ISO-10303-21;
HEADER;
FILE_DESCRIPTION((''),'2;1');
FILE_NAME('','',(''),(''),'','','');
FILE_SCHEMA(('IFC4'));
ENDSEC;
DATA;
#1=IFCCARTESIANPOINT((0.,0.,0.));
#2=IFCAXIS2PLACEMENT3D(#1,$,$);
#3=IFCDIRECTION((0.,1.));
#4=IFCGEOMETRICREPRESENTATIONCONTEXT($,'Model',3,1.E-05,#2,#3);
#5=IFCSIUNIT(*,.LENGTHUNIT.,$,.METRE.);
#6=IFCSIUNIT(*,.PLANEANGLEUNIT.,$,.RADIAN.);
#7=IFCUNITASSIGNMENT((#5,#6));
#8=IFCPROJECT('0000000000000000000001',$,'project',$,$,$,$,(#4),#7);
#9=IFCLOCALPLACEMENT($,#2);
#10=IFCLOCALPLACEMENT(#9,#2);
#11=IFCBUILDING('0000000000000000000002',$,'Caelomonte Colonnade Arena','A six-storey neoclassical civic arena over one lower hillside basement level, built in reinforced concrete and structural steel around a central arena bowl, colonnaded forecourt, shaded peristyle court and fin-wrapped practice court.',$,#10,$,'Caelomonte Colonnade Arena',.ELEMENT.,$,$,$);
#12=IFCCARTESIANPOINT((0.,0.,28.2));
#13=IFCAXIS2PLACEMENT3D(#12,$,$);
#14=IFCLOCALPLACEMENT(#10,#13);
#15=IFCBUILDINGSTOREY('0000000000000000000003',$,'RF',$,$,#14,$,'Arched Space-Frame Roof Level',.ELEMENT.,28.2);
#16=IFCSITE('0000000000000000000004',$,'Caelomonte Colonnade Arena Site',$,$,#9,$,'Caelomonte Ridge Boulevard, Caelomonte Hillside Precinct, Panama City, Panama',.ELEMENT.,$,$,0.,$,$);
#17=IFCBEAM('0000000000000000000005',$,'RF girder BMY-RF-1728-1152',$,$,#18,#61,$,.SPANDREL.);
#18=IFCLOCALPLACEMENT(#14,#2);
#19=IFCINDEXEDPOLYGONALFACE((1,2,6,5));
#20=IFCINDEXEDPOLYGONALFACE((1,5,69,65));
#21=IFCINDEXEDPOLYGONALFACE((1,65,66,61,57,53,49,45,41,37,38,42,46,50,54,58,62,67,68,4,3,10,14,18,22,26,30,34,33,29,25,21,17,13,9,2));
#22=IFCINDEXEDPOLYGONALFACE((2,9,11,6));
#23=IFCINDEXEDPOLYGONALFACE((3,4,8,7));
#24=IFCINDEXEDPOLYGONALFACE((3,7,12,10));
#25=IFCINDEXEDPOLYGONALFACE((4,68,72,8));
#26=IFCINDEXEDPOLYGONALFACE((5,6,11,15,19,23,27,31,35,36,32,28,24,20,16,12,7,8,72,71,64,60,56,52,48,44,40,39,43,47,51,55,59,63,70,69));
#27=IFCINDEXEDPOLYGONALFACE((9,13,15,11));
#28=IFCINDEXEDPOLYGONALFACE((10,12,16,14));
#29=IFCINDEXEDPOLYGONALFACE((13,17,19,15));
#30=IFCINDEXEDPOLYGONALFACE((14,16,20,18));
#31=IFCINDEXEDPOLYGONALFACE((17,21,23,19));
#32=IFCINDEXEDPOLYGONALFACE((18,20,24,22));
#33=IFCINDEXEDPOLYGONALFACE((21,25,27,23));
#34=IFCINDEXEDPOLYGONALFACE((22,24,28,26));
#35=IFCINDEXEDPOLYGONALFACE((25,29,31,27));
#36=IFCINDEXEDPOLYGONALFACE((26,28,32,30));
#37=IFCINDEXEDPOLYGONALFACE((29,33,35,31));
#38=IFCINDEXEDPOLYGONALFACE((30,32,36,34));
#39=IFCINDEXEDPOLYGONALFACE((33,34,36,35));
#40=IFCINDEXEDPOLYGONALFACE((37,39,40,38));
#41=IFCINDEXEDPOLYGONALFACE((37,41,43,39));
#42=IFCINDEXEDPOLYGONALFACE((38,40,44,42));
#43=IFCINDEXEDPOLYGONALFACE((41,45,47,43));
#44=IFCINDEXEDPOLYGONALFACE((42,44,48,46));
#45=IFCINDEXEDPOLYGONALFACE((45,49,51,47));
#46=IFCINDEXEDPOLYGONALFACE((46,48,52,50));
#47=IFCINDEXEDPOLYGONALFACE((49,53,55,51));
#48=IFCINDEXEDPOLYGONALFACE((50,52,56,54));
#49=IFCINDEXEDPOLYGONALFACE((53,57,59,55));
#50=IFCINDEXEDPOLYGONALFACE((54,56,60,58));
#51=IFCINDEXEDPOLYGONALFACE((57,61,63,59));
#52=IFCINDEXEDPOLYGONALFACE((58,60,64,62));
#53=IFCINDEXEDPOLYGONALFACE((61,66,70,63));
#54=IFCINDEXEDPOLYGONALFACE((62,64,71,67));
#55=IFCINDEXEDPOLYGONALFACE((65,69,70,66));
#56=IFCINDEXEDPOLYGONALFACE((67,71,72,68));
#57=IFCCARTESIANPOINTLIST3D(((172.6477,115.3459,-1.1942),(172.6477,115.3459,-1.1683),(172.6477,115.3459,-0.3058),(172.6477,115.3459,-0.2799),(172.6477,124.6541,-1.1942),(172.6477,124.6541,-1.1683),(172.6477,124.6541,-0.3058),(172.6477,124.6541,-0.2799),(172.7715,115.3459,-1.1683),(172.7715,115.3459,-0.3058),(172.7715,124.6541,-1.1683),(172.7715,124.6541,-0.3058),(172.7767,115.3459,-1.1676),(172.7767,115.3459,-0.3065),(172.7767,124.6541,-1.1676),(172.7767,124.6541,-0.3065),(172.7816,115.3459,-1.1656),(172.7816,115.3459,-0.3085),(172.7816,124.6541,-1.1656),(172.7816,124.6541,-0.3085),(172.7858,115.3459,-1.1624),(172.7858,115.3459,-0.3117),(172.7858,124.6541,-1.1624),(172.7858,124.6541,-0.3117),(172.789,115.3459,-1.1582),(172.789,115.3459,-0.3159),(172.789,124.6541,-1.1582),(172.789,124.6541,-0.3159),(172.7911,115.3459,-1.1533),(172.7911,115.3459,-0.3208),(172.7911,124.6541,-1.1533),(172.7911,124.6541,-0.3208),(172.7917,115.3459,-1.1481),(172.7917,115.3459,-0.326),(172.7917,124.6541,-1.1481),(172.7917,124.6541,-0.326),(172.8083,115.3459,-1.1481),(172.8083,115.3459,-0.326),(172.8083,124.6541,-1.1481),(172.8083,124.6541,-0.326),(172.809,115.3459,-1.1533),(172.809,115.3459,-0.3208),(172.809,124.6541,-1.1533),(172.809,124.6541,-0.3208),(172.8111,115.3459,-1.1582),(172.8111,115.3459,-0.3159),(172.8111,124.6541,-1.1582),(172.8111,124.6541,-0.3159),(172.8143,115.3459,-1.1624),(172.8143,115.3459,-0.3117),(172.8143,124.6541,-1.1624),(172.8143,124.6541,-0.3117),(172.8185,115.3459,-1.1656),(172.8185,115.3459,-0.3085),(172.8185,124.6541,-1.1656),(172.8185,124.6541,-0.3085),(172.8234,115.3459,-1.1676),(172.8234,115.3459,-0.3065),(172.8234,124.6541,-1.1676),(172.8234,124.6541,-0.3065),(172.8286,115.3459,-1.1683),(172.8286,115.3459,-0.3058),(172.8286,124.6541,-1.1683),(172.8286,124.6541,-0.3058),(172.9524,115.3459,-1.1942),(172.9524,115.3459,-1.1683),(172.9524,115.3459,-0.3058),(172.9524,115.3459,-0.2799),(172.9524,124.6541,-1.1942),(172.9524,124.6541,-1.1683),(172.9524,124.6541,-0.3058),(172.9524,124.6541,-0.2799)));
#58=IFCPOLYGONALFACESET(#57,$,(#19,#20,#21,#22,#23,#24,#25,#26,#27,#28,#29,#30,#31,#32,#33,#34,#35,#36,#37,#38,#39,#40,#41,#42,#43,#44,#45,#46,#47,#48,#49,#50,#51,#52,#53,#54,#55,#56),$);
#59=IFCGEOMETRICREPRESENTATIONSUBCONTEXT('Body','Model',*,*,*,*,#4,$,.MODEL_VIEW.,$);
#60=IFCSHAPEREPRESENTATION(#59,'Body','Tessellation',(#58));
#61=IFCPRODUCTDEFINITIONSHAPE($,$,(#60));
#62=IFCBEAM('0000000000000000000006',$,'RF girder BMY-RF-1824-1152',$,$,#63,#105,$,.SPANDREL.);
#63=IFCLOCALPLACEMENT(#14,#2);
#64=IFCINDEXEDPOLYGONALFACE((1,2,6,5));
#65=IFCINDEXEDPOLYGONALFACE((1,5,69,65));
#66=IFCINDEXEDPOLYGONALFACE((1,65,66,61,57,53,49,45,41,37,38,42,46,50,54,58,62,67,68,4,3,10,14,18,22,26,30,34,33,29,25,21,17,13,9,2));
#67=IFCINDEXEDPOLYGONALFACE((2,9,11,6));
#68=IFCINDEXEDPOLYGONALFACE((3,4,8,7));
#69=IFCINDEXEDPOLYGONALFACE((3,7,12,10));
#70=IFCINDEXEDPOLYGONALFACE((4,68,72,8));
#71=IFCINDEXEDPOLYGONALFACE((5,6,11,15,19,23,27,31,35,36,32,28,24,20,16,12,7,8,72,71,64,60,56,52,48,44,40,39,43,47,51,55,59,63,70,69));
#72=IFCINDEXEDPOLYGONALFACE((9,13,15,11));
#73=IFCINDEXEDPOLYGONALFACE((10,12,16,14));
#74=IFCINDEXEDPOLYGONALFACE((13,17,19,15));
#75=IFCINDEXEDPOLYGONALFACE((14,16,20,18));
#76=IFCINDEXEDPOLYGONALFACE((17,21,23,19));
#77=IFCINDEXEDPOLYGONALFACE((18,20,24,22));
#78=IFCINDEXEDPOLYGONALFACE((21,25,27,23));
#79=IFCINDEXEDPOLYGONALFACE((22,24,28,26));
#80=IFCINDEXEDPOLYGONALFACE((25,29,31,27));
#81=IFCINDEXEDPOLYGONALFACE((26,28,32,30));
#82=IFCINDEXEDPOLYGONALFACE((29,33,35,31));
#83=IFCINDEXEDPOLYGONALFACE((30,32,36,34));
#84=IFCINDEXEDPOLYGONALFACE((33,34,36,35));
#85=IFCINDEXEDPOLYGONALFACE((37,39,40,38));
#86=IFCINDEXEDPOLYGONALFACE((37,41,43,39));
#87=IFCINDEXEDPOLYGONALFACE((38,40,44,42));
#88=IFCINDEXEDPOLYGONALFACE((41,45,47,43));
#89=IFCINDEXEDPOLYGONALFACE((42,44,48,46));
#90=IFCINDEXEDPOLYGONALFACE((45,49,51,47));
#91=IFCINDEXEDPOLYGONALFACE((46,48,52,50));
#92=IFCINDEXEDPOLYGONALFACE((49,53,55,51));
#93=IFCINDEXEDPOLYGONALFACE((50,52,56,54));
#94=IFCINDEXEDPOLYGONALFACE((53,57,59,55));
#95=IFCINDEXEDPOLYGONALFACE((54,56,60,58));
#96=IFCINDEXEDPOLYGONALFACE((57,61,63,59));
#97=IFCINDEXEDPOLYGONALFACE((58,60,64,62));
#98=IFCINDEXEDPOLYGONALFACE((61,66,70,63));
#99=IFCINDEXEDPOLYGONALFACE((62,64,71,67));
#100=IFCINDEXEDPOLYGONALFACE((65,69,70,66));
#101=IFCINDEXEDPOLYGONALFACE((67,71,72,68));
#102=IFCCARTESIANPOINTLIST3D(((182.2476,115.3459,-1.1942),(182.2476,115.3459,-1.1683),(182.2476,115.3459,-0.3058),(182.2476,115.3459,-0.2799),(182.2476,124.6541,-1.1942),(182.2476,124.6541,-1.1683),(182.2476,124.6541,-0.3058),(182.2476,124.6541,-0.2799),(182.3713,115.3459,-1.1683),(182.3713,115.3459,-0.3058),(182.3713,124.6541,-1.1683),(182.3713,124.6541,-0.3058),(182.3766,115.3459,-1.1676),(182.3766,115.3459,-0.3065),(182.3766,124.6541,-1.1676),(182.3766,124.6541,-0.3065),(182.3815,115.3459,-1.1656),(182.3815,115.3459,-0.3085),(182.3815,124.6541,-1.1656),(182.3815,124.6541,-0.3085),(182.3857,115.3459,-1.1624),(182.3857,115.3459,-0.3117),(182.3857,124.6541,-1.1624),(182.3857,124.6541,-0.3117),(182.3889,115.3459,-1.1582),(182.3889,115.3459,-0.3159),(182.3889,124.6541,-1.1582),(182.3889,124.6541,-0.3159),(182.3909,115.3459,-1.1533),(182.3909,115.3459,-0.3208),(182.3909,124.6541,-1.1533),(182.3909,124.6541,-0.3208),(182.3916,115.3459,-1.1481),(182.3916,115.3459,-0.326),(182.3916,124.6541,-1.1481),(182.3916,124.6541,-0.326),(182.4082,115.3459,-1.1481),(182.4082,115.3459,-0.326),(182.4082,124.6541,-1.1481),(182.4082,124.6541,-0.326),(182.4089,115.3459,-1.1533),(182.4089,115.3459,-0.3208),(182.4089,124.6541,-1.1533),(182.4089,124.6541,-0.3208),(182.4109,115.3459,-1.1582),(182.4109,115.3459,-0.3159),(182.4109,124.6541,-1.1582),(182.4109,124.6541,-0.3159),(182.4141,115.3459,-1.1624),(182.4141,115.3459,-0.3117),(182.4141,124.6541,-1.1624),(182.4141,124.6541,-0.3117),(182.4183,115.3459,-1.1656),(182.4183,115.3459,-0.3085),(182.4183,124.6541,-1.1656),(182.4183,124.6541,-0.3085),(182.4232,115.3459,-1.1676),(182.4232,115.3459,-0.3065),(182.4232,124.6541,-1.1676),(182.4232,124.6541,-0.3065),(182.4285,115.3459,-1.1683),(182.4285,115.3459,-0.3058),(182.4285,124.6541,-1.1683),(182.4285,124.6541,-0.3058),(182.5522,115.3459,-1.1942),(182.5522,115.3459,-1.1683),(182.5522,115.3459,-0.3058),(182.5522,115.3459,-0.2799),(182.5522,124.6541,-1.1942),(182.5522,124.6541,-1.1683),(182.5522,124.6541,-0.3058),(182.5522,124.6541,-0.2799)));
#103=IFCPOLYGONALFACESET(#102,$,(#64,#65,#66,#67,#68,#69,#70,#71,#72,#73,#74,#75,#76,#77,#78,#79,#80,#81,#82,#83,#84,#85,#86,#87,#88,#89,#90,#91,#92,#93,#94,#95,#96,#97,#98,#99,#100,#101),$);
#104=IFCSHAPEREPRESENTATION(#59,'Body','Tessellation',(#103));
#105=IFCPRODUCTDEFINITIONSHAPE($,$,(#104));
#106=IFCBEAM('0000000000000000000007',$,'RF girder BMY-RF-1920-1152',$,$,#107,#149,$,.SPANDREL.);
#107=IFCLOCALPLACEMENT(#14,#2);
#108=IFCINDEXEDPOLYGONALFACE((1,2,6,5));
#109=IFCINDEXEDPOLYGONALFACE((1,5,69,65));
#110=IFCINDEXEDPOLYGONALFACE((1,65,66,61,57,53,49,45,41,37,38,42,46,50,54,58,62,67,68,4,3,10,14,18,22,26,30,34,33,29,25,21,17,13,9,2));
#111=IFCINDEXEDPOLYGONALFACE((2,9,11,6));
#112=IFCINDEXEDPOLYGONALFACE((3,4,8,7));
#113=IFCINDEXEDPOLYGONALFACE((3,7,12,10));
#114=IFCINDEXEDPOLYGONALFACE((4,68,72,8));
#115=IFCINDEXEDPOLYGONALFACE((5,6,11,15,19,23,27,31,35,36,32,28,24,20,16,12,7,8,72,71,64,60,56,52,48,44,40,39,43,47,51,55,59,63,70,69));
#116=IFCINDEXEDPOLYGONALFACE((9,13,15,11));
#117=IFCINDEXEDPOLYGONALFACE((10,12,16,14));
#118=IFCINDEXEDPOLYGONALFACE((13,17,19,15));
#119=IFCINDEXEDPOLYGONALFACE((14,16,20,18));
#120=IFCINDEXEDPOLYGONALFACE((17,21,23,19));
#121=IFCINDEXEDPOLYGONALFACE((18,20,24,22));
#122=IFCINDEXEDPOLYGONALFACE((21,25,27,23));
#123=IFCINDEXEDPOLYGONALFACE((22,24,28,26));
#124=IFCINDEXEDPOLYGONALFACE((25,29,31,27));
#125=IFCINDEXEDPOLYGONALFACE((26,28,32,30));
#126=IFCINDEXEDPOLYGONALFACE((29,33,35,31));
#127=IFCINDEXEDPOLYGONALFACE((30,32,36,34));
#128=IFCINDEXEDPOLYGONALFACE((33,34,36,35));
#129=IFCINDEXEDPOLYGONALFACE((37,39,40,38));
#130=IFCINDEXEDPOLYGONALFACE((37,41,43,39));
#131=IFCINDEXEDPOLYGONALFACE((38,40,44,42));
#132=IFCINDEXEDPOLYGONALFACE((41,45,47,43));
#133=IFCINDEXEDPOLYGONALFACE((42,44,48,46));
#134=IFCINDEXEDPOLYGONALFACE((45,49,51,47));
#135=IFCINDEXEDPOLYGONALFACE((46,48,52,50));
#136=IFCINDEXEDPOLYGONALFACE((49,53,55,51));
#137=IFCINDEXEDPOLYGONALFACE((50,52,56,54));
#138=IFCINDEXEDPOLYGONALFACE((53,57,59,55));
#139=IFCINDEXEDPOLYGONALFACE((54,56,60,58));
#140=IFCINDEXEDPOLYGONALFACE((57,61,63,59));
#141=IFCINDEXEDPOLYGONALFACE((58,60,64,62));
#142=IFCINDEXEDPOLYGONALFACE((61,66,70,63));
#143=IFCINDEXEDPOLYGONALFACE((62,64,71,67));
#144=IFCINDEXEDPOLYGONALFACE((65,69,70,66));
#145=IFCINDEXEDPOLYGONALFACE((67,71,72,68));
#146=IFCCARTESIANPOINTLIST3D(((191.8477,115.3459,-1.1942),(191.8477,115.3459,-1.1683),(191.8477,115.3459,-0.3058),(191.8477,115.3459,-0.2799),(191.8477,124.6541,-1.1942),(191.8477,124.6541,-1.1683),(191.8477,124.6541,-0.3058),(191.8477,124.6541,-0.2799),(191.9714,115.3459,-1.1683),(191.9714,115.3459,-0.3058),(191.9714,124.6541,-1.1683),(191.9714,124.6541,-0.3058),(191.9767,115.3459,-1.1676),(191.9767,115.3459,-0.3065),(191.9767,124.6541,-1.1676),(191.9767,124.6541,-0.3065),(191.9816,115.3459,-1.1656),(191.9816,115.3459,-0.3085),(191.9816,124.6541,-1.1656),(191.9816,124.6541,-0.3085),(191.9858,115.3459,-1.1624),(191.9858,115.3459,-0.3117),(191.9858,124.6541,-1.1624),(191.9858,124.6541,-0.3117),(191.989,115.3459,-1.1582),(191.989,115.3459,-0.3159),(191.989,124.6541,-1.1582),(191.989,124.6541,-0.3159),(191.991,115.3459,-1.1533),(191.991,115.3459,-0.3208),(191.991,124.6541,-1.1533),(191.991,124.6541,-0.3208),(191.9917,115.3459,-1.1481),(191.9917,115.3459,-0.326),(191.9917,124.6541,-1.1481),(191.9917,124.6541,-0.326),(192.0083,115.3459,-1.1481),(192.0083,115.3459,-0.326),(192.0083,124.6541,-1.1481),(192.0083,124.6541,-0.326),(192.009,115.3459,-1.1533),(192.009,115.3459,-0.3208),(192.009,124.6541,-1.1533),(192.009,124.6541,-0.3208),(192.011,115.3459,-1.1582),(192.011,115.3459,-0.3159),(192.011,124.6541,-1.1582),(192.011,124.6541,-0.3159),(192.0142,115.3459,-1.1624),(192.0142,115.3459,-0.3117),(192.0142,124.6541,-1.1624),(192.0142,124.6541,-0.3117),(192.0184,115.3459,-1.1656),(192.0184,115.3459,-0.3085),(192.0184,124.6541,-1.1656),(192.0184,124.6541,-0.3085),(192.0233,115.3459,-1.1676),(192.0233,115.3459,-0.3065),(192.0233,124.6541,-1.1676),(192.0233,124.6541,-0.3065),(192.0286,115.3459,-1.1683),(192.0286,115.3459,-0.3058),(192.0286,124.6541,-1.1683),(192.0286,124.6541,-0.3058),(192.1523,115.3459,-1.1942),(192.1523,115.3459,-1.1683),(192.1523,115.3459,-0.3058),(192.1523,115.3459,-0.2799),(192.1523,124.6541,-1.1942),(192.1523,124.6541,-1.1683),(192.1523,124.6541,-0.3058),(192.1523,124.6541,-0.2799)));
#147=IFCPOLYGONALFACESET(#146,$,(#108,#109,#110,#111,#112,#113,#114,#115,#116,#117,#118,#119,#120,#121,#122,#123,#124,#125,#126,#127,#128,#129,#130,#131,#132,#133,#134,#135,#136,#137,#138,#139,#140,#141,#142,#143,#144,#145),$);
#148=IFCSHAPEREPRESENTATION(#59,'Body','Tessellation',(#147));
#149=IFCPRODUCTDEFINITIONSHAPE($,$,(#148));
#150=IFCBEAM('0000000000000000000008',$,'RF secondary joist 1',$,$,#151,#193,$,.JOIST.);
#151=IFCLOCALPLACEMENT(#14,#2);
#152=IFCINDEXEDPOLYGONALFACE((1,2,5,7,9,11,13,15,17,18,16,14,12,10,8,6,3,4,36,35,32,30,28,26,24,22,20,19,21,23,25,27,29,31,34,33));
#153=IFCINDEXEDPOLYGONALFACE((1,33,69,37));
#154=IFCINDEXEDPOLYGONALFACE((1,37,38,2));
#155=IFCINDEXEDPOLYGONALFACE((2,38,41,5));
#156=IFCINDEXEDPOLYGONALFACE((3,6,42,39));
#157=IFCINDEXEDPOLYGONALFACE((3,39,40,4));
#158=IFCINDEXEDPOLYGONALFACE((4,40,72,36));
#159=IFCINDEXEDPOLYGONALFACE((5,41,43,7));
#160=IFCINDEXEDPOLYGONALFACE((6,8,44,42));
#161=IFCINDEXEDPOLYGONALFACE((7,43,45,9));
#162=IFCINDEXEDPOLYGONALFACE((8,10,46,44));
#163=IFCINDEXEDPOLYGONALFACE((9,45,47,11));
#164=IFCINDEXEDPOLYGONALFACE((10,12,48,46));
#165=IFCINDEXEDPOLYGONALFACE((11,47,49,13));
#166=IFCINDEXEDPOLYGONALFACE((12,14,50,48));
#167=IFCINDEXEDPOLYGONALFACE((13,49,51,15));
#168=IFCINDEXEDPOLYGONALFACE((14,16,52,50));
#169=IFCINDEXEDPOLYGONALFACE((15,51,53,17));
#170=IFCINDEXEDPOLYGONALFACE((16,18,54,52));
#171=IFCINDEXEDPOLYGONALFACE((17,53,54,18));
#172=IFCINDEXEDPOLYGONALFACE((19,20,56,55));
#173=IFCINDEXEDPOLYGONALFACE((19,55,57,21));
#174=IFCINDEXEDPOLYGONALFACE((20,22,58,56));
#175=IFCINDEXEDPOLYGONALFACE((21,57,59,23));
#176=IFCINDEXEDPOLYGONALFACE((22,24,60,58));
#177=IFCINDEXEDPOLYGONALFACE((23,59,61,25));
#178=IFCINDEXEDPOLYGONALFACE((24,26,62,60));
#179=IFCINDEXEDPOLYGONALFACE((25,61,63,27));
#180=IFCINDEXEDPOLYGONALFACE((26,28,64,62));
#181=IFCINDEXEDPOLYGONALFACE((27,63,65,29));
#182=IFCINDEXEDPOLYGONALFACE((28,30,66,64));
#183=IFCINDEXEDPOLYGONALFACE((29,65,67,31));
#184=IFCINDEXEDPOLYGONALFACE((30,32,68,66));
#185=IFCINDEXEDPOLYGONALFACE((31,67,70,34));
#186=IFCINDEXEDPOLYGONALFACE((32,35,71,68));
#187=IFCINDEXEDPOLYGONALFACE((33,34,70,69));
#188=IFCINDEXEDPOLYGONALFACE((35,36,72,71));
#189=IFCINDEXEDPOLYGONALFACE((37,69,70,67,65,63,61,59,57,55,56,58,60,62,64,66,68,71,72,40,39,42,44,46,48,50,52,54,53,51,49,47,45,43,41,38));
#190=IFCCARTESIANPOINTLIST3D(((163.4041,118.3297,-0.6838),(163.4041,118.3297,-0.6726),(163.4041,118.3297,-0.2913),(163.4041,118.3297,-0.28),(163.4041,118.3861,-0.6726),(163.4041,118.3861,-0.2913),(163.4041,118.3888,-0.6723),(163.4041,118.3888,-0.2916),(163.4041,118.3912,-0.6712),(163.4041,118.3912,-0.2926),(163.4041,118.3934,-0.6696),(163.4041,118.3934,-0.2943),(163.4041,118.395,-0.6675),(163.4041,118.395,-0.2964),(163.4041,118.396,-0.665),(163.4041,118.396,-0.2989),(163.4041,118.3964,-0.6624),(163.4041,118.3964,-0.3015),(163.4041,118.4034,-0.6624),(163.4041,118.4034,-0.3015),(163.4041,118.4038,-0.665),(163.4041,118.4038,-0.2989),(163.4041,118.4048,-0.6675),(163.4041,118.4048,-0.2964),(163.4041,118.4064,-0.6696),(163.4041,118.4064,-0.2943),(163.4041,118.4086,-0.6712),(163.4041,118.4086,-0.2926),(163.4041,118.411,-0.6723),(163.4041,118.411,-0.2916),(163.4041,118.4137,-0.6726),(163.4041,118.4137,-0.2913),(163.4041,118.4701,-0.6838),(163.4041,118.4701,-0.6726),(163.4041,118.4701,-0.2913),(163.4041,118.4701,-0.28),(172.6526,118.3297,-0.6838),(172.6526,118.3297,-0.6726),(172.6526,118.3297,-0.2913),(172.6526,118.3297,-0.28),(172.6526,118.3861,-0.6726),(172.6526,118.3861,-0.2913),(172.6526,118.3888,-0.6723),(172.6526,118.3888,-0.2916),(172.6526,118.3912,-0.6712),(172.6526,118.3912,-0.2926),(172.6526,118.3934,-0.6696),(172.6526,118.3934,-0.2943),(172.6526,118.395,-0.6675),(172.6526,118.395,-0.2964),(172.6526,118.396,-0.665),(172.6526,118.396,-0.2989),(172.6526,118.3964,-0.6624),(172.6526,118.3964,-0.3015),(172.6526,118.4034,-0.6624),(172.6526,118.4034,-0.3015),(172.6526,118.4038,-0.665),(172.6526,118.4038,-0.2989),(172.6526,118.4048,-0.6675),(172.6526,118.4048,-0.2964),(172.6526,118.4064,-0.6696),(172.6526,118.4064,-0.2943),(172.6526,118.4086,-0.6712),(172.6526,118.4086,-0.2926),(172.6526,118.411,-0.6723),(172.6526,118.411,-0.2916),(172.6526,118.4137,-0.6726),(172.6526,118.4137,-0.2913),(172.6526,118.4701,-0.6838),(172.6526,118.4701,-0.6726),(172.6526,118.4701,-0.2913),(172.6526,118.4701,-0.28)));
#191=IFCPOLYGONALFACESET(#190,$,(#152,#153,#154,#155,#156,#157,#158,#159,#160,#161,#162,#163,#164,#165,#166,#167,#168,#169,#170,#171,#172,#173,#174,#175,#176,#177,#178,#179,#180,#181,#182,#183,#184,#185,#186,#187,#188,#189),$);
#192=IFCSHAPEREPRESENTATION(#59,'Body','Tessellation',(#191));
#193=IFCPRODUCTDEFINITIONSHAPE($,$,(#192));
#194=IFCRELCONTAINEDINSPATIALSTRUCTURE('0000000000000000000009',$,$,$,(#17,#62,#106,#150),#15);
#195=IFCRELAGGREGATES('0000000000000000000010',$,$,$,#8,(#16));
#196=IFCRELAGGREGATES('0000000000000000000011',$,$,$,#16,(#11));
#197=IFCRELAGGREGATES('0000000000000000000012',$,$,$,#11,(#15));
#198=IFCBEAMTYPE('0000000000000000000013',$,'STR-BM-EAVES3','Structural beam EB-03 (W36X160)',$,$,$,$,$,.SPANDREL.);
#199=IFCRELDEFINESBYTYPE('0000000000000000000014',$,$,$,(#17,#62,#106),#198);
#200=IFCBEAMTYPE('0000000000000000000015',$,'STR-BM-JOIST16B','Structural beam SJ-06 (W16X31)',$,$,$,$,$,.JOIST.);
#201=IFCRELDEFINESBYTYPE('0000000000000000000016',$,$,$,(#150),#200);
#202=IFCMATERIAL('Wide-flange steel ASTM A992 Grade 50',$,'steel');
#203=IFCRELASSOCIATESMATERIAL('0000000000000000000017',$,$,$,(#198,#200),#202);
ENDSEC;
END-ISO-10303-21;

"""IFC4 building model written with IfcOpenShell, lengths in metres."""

from ifc_helpers import new_model, si_unit, direction, frame, origin, origin_2d, place, context, subcontext, project, spatial, i_section, extrude, material, material_profile, profile_set, type_object, element, save


model = new_model("IFC4")

# Units and contexts
model_context = context("Model", 3, precision=1e-05, world=origin(), true_north=direction((0.0, 1.0)))
body_context = subcontext(model_context, "Body", "Model", "MODEL_VIEW")
ifc_project = project(units=[si_unit("LENGTHUNIT", "METRE"), si_unit("PLANEANGLEUNIT", "RADIAN")], contexts=[model_context])

# Site, building, storey
site_placement = place(None, origin())
site = spatial("IfcSite", under=ifc_project, at=site_placement, Name="Caelomonte Colonnade Arena Site", LongName="Caelomonte Ridge Boulevard, Caelomonte Hillside Precinct, Panama City, Panama", CompositionType="ELEMENT", RefElevation=0.0)
building_placement = place(site_placement, origin())
building = spatial("IfcBuilding", under=site, at=building_placement, Name="Caelomonte Colonnade Arena", Description="A six-storey neoclassical civic arena over one lower hillside basement level, built in reinforced concrete and structural steel around a central arena bowl, colonnaded forecourt, shaded peristyle court and fin-wrapped practice court.", LongName="Caelomonte Colonnade Arena", CompositionType="ELEMENT")
storey_placement = place(building_placement, frame((0.0, 0.0, 28.2)))
storey = spatial("IfcBuildingStorey", under=building, at=storey_placement, Name="RF", LongName="Arched Space-Frame Roof Level", CompositionType="ELEMENT", Elevation=28.2)

# Beams
ifc_material_1 = material(Name="Wide-flange steel ASTM A992 Grade 50", Category="steel")
ifc_material_profile_1 = material_profile(ifc_material_1, i_section(OverallWidth=0.3047, OverallDepth=0.9143, WebThickness=0.0166, FlangeThickness=0.0259, FilletRadius=0.0203, at=origin_2d()), Name="W36X160")
ifc_profile_set_1 = profile_set([ifc_material_profile_1], Name="Wide-flange steel ASTM A992 Grade 50")
beam_type_1 = type_object("IfcBeamType", Name="STR-BM-EAVES3", Description="Structural beam EB-03 (W36X160)", PredefinedType="SPANDREL", material=ifc_profile_set_1)
for number, where, z_axis, x_axis, name in (
    (1, (172.8, 115.3459, -0.7371), (0.0, 1.0, 0.0), (-1.0, 0.0, 0.0), "RF girder BMY-RF-1728-1152"),
    (2, (182.3999, 115.3459, -0.7371), (0.0, 1.0, 0.0), (-1.0, 0.0, 0.0), "RF girder BMY-RF-1824-1152"),
    (3, (192.0, 115.3459, -0.7371), (0.0, 1.0, 0.0), (-1.0, 0.0, 0.0), "RF girder BMY-RF-1920-1152"),
):
    element("IfcBeam", number, at=place(storey_placement, frame(where, z_axis=z_axis, x_axis=x_axis)), inside=storey, type_object=beam_type_1, Name=name, PredefinedType="SPANDREL", context=body_context, shape_type="SweptSolid", body=[
        extrude(i_section(OverallWidth=0.3047, OverallDepth=0.9143, WebThickness=0.0166, FlangeThickness=0.0259, FilletRadius=0.0203, at=origin_2d()), origin(), (0.0, 0.0, 1.0), 9.3081),
    ])
ifc_material_profile_2 = material_profile(ifc_material_1, i_section(OverallWidth=0.1404, OverallDepth=0.4038, WebThickness=0.0071, FlangeThickness=0.0112, FilletRadius=0.0103, at=origin_2d()), Name="W16X31")
ifc_profile_set_2 = profile_set([ifc_material_profile_2], Name="Wide-flange steel ASTM A992 Grade 50")
beam_type_2 = type_object("IfcBeamType", Name="STR-BM-JOIST16B", Description="Structural beam SJ-06 (W16X31)", PredefinedType="JOIST", material=ifc_profile_set_2)
beam_1_placement = place(storey_placement, frame((163.4041, 118.3999, -0.4819), z_axis=(1.0, 0.0, 0.0), x_axis=(0.0, 1.0, 0.0)))
element("IfcBeam", 4, at=beam_1_placement, inside=storey, type_object=beam_type_2, Name="RF secondary joist 1", PredefinedType="JOIST", context=body_context, shape_type="SweptSolid", body=[
    extrude(i_section(OverallWidth=0.1404, OverallDepth=0.4038, WebThickness=0.0071, FlangeThickness=0.0112, FilletRadius=0.0103, at=origin_2d()), origin(), (0.0, 0.0, 1.0), 9.2485),
])

save(model, "model.ifc")
